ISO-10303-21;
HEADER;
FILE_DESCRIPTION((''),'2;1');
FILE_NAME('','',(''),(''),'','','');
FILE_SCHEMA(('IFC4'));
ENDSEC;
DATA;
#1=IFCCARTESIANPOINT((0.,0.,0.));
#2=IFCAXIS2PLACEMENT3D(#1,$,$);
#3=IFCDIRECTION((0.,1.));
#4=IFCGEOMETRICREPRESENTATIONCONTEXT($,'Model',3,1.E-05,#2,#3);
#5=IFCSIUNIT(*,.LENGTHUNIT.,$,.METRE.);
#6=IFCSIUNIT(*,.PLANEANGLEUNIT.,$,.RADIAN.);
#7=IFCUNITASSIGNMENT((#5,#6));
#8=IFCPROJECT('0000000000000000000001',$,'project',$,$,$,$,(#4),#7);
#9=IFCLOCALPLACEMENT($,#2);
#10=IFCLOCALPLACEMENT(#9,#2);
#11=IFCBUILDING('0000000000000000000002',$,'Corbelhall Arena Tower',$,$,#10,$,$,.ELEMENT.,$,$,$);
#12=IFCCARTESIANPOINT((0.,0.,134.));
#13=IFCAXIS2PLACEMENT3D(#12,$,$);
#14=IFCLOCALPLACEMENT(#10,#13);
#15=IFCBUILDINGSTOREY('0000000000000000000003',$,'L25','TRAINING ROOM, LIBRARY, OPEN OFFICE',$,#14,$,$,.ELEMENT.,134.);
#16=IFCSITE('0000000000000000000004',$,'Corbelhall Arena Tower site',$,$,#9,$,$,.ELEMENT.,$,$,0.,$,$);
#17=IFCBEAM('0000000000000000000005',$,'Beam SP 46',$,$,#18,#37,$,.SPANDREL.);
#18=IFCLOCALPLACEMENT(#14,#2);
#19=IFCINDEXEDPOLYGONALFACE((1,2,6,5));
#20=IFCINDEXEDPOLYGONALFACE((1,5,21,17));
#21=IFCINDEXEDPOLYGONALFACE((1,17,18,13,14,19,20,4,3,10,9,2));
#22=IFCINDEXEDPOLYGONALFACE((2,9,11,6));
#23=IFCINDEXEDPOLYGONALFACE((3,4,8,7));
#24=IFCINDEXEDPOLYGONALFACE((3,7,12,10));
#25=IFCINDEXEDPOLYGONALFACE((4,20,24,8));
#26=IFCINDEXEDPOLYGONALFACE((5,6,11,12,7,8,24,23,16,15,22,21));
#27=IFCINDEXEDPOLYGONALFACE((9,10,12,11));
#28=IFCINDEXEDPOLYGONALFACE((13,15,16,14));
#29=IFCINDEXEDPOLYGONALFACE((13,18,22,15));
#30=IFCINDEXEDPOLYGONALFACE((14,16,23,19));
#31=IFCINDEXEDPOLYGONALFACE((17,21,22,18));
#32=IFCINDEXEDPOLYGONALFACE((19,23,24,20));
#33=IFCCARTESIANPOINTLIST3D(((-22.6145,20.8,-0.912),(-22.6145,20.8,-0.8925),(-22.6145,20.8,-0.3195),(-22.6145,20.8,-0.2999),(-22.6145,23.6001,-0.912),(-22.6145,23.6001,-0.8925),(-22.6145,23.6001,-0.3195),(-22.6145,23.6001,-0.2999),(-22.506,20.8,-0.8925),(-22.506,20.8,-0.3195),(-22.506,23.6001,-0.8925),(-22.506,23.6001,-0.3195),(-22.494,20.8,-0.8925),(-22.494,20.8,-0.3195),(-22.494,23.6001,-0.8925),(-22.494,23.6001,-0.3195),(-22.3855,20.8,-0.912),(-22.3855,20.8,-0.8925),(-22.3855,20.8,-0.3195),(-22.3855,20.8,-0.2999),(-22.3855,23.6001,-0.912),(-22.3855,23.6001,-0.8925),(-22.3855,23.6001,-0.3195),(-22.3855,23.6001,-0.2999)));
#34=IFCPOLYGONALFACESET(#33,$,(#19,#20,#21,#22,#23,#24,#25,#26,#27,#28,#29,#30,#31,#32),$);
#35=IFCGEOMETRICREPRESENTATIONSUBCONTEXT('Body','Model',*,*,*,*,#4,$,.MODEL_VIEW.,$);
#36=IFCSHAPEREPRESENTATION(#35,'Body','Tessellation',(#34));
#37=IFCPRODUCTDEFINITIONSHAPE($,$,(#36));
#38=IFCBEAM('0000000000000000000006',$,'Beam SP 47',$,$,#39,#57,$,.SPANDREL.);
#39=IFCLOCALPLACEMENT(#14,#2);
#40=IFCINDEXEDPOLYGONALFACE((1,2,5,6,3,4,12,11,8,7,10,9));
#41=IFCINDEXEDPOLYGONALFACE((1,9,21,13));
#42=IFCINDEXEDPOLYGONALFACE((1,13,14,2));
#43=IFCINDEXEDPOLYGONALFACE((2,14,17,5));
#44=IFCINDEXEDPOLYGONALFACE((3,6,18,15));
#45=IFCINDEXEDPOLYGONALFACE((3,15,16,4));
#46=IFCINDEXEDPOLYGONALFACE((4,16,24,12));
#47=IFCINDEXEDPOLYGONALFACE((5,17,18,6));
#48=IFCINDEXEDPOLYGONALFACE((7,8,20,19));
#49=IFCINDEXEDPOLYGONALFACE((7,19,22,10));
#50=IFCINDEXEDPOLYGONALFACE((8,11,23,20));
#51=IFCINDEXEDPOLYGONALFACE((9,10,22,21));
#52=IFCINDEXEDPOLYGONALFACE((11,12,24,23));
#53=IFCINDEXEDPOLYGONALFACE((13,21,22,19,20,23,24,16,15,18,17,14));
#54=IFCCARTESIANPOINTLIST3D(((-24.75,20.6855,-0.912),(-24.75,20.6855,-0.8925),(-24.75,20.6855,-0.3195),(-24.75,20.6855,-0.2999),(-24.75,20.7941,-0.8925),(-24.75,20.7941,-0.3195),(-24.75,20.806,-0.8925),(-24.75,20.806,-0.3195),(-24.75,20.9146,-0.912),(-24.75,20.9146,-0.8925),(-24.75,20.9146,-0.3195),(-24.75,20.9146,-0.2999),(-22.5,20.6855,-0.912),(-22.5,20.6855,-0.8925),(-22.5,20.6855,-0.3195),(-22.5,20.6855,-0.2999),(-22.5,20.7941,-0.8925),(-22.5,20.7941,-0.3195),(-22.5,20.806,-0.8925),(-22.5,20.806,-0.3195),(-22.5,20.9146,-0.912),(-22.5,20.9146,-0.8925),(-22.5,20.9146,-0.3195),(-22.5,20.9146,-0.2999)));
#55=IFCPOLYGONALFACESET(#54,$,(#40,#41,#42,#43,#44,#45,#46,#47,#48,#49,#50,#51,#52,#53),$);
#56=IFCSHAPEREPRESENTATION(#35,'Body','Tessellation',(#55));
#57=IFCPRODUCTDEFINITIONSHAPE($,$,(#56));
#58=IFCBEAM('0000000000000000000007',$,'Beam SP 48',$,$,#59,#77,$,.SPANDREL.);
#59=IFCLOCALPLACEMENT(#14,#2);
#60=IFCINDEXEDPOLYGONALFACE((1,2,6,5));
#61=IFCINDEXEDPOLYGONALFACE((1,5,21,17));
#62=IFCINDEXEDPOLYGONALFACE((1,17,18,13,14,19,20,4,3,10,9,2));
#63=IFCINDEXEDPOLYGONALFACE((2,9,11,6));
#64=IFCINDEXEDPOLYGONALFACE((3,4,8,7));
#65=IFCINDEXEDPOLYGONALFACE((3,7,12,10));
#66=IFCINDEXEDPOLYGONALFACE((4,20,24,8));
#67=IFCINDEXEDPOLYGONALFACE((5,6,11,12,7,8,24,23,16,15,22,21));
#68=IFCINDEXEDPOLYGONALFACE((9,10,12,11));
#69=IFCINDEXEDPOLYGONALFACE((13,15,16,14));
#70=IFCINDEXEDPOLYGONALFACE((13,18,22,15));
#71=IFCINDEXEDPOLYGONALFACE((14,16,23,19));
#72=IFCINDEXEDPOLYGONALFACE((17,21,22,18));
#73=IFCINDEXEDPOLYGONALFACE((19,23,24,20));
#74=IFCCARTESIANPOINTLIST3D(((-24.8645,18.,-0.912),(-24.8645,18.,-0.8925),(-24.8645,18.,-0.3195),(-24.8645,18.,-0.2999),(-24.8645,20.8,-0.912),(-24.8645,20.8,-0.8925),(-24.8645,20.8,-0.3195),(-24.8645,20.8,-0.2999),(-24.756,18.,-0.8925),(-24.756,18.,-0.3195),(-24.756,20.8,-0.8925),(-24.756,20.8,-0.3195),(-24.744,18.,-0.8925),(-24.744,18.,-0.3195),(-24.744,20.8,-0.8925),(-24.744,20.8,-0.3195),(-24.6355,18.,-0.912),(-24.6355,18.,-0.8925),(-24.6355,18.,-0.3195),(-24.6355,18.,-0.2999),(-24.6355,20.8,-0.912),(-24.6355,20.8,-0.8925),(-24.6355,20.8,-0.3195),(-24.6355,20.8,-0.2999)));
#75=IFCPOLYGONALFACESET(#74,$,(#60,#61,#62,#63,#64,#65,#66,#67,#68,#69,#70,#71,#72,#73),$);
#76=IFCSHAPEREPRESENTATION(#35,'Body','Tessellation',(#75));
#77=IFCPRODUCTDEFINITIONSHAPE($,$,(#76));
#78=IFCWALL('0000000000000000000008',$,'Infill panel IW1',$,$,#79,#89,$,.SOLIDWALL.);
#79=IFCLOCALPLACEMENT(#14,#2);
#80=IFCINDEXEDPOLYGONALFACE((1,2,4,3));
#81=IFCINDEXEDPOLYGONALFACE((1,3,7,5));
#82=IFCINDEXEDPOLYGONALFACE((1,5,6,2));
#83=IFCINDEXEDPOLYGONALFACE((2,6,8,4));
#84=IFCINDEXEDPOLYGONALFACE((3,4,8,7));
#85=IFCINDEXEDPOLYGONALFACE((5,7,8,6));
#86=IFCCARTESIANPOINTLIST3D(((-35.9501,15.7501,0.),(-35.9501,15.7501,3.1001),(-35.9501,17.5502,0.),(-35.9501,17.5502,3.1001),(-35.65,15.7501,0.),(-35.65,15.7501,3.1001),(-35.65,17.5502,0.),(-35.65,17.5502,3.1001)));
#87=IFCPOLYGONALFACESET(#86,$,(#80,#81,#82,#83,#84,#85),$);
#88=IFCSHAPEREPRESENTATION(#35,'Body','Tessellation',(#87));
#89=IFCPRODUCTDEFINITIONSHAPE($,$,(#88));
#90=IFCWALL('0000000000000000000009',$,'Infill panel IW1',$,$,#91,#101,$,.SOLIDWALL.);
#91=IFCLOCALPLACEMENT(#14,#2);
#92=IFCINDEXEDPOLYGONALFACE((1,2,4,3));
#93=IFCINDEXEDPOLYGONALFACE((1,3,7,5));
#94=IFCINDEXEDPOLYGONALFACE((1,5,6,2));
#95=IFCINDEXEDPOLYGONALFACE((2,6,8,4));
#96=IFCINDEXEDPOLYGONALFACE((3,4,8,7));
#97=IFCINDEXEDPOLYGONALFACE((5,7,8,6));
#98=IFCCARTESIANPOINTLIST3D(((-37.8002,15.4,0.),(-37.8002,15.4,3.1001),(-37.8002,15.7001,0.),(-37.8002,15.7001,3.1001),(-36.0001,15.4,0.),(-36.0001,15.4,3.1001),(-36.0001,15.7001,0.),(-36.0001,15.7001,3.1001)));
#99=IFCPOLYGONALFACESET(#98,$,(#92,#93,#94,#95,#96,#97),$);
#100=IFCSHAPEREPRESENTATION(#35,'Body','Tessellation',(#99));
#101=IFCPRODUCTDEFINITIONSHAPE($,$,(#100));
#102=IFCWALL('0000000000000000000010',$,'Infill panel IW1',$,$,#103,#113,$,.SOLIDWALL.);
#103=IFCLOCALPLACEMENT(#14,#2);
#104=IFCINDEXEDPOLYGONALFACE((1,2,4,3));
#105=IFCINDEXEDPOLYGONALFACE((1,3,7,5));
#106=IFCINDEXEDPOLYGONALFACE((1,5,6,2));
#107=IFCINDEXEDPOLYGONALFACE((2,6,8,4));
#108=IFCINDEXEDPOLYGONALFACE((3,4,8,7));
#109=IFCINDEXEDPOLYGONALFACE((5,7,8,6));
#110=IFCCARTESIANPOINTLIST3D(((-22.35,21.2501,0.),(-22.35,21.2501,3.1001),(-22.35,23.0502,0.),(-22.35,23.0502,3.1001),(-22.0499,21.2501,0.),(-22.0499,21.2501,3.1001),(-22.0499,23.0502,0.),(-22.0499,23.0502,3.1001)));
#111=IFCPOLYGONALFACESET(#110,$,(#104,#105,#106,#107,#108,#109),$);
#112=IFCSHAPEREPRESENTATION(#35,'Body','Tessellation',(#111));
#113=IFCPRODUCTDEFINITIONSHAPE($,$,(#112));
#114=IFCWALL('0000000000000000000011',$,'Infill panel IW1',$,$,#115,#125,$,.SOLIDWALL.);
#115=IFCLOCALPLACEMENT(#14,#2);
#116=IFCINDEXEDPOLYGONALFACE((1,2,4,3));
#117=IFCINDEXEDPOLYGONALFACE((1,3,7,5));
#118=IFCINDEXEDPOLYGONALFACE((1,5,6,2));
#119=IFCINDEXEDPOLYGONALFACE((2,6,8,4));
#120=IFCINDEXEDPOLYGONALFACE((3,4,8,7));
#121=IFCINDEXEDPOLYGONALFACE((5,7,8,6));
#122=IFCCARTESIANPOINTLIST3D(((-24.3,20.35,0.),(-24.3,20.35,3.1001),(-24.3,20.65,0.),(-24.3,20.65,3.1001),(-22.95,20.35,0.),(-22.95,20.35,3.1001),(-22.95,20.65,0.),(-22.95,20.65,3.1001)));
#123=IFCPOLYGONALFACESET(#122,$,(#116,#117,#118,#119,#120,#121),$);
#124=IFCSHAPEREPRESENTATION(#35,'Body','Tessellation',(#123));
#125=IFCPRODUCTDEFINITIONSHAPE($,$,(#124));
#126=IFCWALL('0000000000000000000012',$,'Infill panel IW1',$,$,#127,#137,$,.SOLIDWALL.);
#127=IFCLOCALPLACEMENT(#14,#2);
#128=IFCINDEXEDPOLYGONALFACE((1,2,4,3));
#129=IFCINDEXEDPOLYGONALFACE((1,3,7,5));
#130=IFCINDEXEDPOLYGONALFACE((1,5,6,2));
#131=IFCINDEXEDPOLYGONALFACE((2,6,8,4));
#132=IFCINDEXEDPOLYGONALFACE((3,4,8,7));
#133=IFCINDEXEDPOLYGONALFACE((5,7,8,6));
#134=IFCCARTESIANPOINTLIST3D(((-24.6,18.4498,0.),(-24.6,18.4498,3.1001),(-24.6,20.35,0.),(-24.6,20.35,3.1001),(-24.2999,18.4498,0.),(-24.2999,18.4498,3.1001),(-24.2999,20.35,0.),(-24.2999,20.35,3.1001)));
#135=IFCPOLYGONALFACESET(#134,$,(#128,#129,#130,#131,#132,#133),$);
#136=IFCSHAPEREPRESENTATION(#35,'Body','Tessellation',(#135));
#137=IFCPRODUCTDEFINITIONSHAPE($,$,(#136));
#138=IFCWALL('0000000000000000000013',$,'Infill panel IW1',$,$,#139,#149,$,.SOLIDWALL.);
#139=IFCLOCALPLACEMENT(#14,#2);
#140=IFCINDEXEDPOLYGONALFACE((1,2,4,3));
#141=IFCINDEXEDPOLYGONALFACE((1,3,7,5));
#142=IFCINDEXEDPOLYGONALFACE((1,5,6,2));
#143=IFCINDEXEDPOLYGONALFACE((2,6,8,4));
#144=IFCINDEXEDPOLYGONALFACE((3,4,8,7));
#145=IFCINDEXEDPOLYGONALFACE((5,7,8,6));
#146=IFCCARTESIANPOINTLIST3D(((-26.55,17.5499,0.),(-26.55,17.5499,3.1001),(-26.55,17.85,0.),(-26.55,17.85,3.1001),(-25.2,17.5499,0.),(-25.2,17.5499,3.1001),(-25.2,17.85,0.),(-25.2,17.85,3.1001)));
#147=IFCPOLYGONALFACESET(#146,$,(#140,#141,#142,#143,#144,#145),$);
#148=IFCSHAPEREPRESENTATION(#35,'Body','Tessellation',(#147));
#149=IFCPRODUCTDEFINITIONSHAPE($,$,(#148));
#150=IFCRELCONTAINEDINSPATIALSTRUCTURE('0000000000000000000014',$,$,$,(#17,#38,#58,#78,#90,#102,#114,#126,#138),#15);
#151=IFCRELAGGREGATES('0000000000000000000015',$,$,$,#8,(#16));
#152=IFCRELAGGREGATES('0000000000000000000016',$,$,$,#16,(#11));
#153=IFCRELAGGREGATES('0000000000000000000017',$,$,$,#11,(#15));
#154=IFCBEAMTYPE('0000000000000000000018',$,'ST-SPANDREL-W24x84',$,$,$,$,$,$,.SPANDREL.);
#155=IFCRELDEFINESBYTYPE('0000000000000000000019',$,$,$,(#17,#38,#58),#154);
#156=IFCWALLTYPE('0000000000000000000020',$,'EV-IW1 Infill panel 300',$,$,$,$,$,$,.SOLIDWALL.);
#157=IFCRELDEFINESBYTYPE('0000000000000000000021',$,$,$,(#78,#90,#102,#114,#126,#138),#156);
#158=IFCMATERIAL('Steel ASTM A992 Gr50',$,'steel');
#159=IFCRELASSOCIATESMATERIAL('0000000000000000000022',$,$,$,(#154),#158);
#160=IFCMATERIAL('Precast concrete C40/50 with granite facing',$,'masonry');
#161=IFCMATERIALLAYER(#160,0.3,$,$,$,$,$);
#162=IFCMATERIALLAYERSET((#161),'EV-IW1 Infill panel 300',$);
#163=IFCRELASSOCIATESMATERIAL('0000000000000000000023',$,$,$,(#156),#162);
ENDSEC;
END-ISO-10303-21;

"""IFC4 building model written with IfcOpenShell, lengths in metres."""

from ifc_helpers import new_model, si_unit, direction, frame, frame_2d, origin, origin_2d, place, context, subcontext, project, spatial, rectangle, i_section, extrude, material, layer, layer_set, material_profile, profile_set, type_object, element, save


model = new_model("IFC4")

# Units and contexts
model_context = context("Model", 3, precision=1e-05, world=origin(), true_north=direction((0.0, 1.0)))
body_context = subcontext(model_context, "Body", "Model", "MODEL_VIEW")
ifc_project = project(units=[si_unit("LENGTHUNIT", "METRE"), si_unit("PLANEANGLEUNIT", "RADIAN")], contexts=[model_context])

# Site, building, storey
site_placement = place(None, origin())
site = spatial("IfcSite", under=ifc_project, at=site_placement, Name="Corbelhall Arena Tower site", CompositionType="ELEMENT", RefElevation=0.0)
building_placement = place(site_placement, origin())
building = spatial("IfcBuilding", under=site, at=building_placement, Name="Corbelhall Arena Tower", CompositionType="ELEMENT")
storey_placement = place(building_placement, frame((0.0, 0.0, 134.0)))
storey = spatial("IfcBuildingStorey", under=building, at=storey_placement, Name="L25", Description="TRAINING ROOM, LIBRARY, OPEN OFFICE", CompositionType="ELEMENT", Elevation=134.0)

# Beams
ifc_material_1 = material(Name="Steel ASTM A992 Gr50", Category="steel")
ifc_material_profile_1 = material_profile(ifc_material_1, i_section(OverallWidth=0.229, OverallDepth=0.6121, WebThickness=0.012, FlangeThickness=0.0195, at=origin_2d()))
ifc_profile_set_1 = profile_set([ifc_material_profile_1], Name="Steel ASTM A992 Gr50")
beam_type = type_object("IfcBeamType", Name="ST-SPANDREL-W24x84", PredefinedType="SPANDREL", material=ifc_profile_set_1)
beam_1_placement = place(storey_placement, frame((-22.5, 20.8, -0.606), z_axis=(0.0, 1.0, 0.0), x_axis=(-1.0, 0.0, 0.0)))
element("IfcBeam", 1, at=beam_1_placement, inside=storey, type_object=beam_type, Name="Beam SP 46", PredefinedType="SPANDREL", context=body_context, shape_type="SweptSolid", body=[
    extrude(i_section(OverallWidth=0.229, OverallDepth=0.6121, WebThickness=0.012, FlangeThickness=0.0195, at=origin_2d()), origin(), (0.0, 0.0, 1.0), 2.8),
])
beam_2_placement = place(storey_placement, frame((-24.75, 20.8, -0.606), z_axis=(1.0, 0.0, 0.0), x_axis=(0.0, 1.0, 0.0)))
element("IfcBeam", 2, at=beam_2_placement, inside=storey, type_object=beam_type, Name="Beam SP 47", PredefinedType="SPANDREL", context=body_context, shape_type="SweptSolid", body=[
    extrude(i_section(OverallWidth=0.229, OverallDepth=0.6121, WebThickness=0.012, FlangeThickness=0.0195, at=origin_2d()), origin(), (0.0, 0.0, 1.0), 2.25),
])
beam_3_placement = place(storey_placement, frame((-24.75, 18.0, -0.606), z_axis=(0.0, 1.0, 0.0), x_axis=(-1.0, 0.0, 0.0)))
element("IfcBeam", 3, at=beam_3_placement, inside=storey, type_object=beam_type, Name="Beam SP 48", PredefinedType="SPANDREL", context=body_context, shape_type="SweptSolid", body=[
    extrude(i_section(OverallWidth=0.229, OverallDepth=0.6121, WebThickness=0.012, FlangeThickness=0.0195, at=origin_2d()), origin(), (0.0, 0.0, 1.0), 2.8),
])

# Walls
ifc_material_2 = material(Name="Precast concrete C40/50 with granite facing", Category="masonry")
ifc_layer_1 = layer(ifc_material_2, 0.3)
ifc_layer_set_1 = layer_set([ifc_layer_1], Name="EV-IW1 Infill panel 300")
wall_type_1 = type_object("IfcWallType", Name="EV-IW1 Infill panel 300", PredefinedType="SOLIDWALL", material=ifc_layer_set_1)
for number, where, z_axis, x_axis, name in (
    (4, (-35.8, 17.55, 0.0), (0.0, 0.0, 1.0), (0.0, -1.0, 0.0), "Infill panel IW1"),
    (5, (-37.8, 15.55, 0.0), (0.0, 0.0, 1.0), (1.0, 0.0, 0.0), "Infill panel IW1"),
    (6, (-22.2, 23.05, 0.0), (0.0, 0.0, 1.0), (0.0, -1.0, 0.0), "Infill panel IW1"),
):
    element("IfcWall", number, at=place(storey_placement, frame(where, z_axis=z_axis, x_axis=x_axis)), inside=storey, type_object=wall_type_1, Name=name, PredefinedType="SOLIDWALL", context=body_context, shape_type="SweptSolid", body=[
        extrude(rectangle(XDim=1.8, YDim=0.3, at=frame_2d((0.8999, 0.0))), origin(), (0.0, 0.0, 1.0), 3.1001),
    ])
wall_1_placement = place(storey_placement, frame((-22.95, 20.5, 0.0), z_axis=(0.0, 0.0, 1.0), x_axis=(-1.0, 0.0, 0.0)))
element("IfcWall", 7, at=wall_1_placement, inside=storey, type_object=wall_type_1, Name="Infill panel IW1", PredefinedType="SOLIDWALL", context=body_context, shape_type="SweptSolid", body=[
    extrude(rectangle(XDim=1.3501, YDim=0.3, at=frame_2d((0.675, 0.0))), origin(), (0.0, 0.0, 1.0), 3.1001),
])
wall_2_placement = place(storey_placement, frame((-24.45, 20.3501, 0.0), z_axis=(0.0, 0.0, 1.0), x_axis=(0.0, -1.0, 0.0)))
element("IfcWall", 8, at=wall_2_placement, inside=storey, type_object=wall_type_1, Name="Infill panel IW1", PredefinedType="SOLIDWALL", context=body_context, shape_type="SweptSolid", body=[
    extrude(rectangle(XDim=1.9001, YDim=0.3, at=frame_2d((0.9502, 0.0))), origin(), (0.0, 0.0, 1.0), 3.1001),
])
wall_3_placement = place(storey_placement, frame((-25.2, 17.7, 0.0), z_axis=(0.0, 0.0, 1.0), x_axis=(-1.0, 0.0, 0.0)))
element("IfcWall", 9, at=wall_3_placement, inside=storey, type_object=wall_type_1, Name="Infill panel IW1", PredefinedType="SOLIDWALL", context=body_context, shape_type="SweptSolid", body=[
    extrude(rectangle(XDim=1.3501, YDim=0.3, at=frame_2d((0.675, 0.0))), origin(), (0.0, 0.0, 1.0), 3.1001),
])

save(model, "model.ifc")
